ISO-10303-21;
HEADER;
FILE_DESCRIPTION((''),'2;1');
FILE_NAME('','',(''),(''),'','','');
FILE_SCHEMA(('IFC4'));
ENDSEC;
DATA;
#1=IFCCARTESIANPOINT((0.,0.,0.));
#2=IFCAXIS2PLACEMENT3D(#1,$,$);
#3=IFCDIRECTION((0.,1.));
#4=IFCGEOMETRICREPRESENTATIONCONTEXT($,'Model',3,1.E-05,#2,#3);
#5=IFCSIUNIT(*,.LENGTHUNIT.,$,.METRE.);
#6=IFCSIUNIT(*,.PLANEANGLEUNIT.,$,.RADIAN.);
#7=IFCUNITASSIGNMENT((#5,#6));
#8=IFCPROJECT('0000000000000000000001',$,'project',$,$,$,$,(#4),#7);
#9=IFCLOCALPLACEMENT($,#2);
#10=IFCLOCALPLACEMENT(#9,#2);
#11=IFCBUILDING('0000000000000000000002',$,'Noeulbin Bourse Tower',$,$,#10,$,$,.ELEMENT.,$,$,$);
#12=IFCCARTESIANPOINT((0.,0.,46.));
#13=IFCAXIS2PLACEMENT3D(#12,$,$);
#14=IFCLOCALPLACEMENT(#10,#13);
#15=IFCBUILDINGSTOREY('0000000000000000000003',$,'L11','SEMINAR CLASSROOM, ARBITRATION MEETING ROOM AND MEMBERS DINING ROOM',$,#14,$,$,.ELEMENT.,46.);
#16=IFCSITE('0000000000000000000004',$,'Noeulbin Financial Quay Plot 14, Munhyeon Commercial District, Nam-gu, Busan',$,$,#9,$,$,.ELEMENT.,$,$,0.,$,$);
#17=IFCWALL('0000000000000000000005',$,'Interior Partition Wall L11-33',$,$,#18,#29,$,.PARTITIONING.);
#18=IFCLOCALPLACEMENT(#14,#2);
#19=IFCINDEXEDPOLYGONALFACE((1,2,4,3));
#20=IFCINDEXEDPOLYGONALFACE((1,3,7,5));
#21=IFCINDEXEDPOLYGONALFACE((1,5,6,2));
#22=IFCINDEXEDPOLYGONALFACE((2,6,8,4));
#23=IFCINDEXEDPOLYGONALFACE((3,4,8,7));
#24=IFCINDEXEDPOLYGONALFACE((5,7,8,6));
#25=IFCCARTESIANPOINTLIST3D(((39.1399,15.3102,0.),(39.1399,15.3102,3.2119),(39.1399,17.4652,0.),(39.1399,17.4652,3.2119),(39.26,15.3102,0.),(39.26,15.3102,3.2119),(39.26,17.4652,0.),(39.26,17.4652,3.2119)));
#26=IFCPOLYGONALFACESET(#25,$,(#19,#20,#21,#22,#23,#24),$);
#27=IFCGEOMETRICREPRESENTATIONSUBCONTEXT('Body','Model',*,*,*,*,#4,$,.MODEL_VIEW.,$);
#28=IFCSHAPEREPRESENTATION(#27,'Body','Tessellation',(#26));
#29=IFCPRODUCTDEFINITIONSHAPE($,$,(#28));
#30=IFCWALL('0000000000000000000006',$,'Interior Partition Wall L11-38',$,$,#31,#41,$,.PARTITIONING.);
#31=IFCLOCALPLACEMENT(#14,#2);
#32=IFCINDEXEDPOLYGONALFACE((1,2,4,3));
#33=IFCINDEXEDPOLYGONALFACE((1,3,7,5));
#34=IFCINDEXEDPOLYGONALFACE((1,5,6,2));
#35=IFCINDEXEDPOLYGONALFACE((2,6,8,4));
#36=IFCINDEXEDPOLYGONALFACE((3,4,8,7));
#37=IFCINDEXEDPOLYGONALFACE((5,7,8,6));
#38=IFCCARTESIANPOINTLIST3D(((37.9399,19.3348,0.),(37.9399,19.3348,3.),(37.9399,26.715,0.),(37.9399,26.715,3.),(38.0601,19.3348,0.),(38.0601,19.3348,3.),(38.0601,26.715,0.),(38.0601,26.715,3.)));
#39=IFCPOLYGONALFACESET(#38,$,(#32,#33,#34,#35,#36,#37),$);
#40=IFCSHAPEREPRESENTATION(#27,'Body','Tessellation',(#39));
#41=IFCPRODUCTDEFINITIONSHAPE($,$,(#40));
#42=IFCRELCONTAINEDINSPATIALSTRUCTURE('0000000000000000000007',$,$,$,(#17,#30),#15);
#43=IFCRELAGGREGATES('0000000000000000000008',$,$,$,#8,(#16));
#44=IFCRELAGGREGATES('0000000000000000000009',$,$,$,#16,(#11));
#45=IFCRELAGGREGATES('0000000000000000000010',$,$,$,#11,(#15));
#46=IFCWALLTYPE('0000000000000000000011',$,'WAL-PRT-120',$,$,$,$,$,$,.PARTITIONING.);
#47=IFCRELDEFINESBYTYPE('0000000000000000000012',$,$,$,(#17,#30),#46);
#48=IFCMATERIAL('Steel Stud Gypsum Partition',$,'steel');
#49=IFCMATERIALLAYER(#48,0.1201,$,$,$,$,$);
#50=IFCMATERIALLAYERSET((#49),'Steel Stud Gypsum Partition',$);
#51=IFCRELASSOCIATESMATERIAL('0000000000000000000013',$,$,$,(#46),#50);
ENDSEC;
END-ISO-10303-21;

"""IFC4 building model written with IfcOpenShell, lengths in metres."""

from ifc_helpers import new_model, si_unit, direction, frame, frame_2d, origin, place, context, subcontext, project, spatial, rectangle, extrude, material, layer, layer_set, type_object, element, save


model = new_model("IFC4")

# Units and contexts
model_context = context("Model", 3, precision=1e-05, world=origin(), true_north=direction((0.0, 1.0)))
body_context = subcontext(model_context, "Body", "Model", "MODEL_VIEW")
ifc_project = project(units=[si_unit("LENGTHUNIT", "METRE"), si_unit("PLANEANGLEUNIT", "RADIAN")], contexts=[model_context])

# Site, building, storey
site_placement = place(None, origin())
site = spatial("IfcSite", under=ifc_project, at=site_placement, Name="Noeulbin Financial Quay Plot 14, Munhyeon Commercial District, Nam-gu, Busan", CompositionType="ELEMENT", RefElevation=0.0)
building_placement = place(site_placement, origin())
building = spatial("IfcBuilding", under=site, at=building_placement, Name="Noeulbin Bourse Tower", CompositionType="ELEMENT")
storey_placement = place(building_placement, frame((0.0, 0.0, 46.0)))
storey = spatial("IfcBuildingStorey", under=building, at=storey_placement, Name="L11", Description="SEMINAR CLASSROOM, ARBITRATION MEETING ROOM AND MEMBERS DINING ROOM", CompositionType="ELEMENT", Elevation=46.0)

# Walls
ifc_material_1 = material(Name="Steel Stud Gypsum Partition", Category="steel")
ifc_layer_1 = layer(ifc_material_1, 0.1201)
ifc_layer_set_1 = layer_set([ifc_layer_1], Name="Steel Stud Gypsum Partition")
wall_type = type_object("IfcWallType", Name="WAL-PRT-120", PredefinedType="PARTITIONING", material=ifc_layer_set_1)
wall_1_placement = place(storey_placement, frame((39.2, 15.3101, 0.0), z_axis=(0.0, 0.0, 1.0), x_axis=(0.0, 1.0, 0.0)))
element("IfcWall", 1, at=wall_1_placement, inside=storey, type_object=wall_type, Name="Interior Partition Wall L11-33", PredefinedType="PARTITIONING", context=body_context, shape_type="SweptSolid", body=[
    extrude(rectangle(XDim=2.155, YDim=0.1201, at=frame_2d((1.0776, 0.0))), origin(), (0.0, 0.0, 1.0), 3.2119),
])
wall_2_placement = place(storey_placement, frame((38.0, 19.335, 0.0), z_axis=(0.0, 0.0, 1.0), x_axis=(0.0, 1.0, 0.0)))
element("IfcWall", 2, at=wall_2_placement, inside=storey, type_object=wall_type, Name="Interior Partition Wall L11-38", PredefinedType="PARTITIONING", context=body_context, shape_type="SweptSolid", body=[
    extrude(rectangle(XDim=7.3801, YDim=0.1201, at=frame_2d((3.6899, 0.0))), origin(), (0.0, 0.0, 1.0), 3.0),
])

save(model, "model.ifc")
